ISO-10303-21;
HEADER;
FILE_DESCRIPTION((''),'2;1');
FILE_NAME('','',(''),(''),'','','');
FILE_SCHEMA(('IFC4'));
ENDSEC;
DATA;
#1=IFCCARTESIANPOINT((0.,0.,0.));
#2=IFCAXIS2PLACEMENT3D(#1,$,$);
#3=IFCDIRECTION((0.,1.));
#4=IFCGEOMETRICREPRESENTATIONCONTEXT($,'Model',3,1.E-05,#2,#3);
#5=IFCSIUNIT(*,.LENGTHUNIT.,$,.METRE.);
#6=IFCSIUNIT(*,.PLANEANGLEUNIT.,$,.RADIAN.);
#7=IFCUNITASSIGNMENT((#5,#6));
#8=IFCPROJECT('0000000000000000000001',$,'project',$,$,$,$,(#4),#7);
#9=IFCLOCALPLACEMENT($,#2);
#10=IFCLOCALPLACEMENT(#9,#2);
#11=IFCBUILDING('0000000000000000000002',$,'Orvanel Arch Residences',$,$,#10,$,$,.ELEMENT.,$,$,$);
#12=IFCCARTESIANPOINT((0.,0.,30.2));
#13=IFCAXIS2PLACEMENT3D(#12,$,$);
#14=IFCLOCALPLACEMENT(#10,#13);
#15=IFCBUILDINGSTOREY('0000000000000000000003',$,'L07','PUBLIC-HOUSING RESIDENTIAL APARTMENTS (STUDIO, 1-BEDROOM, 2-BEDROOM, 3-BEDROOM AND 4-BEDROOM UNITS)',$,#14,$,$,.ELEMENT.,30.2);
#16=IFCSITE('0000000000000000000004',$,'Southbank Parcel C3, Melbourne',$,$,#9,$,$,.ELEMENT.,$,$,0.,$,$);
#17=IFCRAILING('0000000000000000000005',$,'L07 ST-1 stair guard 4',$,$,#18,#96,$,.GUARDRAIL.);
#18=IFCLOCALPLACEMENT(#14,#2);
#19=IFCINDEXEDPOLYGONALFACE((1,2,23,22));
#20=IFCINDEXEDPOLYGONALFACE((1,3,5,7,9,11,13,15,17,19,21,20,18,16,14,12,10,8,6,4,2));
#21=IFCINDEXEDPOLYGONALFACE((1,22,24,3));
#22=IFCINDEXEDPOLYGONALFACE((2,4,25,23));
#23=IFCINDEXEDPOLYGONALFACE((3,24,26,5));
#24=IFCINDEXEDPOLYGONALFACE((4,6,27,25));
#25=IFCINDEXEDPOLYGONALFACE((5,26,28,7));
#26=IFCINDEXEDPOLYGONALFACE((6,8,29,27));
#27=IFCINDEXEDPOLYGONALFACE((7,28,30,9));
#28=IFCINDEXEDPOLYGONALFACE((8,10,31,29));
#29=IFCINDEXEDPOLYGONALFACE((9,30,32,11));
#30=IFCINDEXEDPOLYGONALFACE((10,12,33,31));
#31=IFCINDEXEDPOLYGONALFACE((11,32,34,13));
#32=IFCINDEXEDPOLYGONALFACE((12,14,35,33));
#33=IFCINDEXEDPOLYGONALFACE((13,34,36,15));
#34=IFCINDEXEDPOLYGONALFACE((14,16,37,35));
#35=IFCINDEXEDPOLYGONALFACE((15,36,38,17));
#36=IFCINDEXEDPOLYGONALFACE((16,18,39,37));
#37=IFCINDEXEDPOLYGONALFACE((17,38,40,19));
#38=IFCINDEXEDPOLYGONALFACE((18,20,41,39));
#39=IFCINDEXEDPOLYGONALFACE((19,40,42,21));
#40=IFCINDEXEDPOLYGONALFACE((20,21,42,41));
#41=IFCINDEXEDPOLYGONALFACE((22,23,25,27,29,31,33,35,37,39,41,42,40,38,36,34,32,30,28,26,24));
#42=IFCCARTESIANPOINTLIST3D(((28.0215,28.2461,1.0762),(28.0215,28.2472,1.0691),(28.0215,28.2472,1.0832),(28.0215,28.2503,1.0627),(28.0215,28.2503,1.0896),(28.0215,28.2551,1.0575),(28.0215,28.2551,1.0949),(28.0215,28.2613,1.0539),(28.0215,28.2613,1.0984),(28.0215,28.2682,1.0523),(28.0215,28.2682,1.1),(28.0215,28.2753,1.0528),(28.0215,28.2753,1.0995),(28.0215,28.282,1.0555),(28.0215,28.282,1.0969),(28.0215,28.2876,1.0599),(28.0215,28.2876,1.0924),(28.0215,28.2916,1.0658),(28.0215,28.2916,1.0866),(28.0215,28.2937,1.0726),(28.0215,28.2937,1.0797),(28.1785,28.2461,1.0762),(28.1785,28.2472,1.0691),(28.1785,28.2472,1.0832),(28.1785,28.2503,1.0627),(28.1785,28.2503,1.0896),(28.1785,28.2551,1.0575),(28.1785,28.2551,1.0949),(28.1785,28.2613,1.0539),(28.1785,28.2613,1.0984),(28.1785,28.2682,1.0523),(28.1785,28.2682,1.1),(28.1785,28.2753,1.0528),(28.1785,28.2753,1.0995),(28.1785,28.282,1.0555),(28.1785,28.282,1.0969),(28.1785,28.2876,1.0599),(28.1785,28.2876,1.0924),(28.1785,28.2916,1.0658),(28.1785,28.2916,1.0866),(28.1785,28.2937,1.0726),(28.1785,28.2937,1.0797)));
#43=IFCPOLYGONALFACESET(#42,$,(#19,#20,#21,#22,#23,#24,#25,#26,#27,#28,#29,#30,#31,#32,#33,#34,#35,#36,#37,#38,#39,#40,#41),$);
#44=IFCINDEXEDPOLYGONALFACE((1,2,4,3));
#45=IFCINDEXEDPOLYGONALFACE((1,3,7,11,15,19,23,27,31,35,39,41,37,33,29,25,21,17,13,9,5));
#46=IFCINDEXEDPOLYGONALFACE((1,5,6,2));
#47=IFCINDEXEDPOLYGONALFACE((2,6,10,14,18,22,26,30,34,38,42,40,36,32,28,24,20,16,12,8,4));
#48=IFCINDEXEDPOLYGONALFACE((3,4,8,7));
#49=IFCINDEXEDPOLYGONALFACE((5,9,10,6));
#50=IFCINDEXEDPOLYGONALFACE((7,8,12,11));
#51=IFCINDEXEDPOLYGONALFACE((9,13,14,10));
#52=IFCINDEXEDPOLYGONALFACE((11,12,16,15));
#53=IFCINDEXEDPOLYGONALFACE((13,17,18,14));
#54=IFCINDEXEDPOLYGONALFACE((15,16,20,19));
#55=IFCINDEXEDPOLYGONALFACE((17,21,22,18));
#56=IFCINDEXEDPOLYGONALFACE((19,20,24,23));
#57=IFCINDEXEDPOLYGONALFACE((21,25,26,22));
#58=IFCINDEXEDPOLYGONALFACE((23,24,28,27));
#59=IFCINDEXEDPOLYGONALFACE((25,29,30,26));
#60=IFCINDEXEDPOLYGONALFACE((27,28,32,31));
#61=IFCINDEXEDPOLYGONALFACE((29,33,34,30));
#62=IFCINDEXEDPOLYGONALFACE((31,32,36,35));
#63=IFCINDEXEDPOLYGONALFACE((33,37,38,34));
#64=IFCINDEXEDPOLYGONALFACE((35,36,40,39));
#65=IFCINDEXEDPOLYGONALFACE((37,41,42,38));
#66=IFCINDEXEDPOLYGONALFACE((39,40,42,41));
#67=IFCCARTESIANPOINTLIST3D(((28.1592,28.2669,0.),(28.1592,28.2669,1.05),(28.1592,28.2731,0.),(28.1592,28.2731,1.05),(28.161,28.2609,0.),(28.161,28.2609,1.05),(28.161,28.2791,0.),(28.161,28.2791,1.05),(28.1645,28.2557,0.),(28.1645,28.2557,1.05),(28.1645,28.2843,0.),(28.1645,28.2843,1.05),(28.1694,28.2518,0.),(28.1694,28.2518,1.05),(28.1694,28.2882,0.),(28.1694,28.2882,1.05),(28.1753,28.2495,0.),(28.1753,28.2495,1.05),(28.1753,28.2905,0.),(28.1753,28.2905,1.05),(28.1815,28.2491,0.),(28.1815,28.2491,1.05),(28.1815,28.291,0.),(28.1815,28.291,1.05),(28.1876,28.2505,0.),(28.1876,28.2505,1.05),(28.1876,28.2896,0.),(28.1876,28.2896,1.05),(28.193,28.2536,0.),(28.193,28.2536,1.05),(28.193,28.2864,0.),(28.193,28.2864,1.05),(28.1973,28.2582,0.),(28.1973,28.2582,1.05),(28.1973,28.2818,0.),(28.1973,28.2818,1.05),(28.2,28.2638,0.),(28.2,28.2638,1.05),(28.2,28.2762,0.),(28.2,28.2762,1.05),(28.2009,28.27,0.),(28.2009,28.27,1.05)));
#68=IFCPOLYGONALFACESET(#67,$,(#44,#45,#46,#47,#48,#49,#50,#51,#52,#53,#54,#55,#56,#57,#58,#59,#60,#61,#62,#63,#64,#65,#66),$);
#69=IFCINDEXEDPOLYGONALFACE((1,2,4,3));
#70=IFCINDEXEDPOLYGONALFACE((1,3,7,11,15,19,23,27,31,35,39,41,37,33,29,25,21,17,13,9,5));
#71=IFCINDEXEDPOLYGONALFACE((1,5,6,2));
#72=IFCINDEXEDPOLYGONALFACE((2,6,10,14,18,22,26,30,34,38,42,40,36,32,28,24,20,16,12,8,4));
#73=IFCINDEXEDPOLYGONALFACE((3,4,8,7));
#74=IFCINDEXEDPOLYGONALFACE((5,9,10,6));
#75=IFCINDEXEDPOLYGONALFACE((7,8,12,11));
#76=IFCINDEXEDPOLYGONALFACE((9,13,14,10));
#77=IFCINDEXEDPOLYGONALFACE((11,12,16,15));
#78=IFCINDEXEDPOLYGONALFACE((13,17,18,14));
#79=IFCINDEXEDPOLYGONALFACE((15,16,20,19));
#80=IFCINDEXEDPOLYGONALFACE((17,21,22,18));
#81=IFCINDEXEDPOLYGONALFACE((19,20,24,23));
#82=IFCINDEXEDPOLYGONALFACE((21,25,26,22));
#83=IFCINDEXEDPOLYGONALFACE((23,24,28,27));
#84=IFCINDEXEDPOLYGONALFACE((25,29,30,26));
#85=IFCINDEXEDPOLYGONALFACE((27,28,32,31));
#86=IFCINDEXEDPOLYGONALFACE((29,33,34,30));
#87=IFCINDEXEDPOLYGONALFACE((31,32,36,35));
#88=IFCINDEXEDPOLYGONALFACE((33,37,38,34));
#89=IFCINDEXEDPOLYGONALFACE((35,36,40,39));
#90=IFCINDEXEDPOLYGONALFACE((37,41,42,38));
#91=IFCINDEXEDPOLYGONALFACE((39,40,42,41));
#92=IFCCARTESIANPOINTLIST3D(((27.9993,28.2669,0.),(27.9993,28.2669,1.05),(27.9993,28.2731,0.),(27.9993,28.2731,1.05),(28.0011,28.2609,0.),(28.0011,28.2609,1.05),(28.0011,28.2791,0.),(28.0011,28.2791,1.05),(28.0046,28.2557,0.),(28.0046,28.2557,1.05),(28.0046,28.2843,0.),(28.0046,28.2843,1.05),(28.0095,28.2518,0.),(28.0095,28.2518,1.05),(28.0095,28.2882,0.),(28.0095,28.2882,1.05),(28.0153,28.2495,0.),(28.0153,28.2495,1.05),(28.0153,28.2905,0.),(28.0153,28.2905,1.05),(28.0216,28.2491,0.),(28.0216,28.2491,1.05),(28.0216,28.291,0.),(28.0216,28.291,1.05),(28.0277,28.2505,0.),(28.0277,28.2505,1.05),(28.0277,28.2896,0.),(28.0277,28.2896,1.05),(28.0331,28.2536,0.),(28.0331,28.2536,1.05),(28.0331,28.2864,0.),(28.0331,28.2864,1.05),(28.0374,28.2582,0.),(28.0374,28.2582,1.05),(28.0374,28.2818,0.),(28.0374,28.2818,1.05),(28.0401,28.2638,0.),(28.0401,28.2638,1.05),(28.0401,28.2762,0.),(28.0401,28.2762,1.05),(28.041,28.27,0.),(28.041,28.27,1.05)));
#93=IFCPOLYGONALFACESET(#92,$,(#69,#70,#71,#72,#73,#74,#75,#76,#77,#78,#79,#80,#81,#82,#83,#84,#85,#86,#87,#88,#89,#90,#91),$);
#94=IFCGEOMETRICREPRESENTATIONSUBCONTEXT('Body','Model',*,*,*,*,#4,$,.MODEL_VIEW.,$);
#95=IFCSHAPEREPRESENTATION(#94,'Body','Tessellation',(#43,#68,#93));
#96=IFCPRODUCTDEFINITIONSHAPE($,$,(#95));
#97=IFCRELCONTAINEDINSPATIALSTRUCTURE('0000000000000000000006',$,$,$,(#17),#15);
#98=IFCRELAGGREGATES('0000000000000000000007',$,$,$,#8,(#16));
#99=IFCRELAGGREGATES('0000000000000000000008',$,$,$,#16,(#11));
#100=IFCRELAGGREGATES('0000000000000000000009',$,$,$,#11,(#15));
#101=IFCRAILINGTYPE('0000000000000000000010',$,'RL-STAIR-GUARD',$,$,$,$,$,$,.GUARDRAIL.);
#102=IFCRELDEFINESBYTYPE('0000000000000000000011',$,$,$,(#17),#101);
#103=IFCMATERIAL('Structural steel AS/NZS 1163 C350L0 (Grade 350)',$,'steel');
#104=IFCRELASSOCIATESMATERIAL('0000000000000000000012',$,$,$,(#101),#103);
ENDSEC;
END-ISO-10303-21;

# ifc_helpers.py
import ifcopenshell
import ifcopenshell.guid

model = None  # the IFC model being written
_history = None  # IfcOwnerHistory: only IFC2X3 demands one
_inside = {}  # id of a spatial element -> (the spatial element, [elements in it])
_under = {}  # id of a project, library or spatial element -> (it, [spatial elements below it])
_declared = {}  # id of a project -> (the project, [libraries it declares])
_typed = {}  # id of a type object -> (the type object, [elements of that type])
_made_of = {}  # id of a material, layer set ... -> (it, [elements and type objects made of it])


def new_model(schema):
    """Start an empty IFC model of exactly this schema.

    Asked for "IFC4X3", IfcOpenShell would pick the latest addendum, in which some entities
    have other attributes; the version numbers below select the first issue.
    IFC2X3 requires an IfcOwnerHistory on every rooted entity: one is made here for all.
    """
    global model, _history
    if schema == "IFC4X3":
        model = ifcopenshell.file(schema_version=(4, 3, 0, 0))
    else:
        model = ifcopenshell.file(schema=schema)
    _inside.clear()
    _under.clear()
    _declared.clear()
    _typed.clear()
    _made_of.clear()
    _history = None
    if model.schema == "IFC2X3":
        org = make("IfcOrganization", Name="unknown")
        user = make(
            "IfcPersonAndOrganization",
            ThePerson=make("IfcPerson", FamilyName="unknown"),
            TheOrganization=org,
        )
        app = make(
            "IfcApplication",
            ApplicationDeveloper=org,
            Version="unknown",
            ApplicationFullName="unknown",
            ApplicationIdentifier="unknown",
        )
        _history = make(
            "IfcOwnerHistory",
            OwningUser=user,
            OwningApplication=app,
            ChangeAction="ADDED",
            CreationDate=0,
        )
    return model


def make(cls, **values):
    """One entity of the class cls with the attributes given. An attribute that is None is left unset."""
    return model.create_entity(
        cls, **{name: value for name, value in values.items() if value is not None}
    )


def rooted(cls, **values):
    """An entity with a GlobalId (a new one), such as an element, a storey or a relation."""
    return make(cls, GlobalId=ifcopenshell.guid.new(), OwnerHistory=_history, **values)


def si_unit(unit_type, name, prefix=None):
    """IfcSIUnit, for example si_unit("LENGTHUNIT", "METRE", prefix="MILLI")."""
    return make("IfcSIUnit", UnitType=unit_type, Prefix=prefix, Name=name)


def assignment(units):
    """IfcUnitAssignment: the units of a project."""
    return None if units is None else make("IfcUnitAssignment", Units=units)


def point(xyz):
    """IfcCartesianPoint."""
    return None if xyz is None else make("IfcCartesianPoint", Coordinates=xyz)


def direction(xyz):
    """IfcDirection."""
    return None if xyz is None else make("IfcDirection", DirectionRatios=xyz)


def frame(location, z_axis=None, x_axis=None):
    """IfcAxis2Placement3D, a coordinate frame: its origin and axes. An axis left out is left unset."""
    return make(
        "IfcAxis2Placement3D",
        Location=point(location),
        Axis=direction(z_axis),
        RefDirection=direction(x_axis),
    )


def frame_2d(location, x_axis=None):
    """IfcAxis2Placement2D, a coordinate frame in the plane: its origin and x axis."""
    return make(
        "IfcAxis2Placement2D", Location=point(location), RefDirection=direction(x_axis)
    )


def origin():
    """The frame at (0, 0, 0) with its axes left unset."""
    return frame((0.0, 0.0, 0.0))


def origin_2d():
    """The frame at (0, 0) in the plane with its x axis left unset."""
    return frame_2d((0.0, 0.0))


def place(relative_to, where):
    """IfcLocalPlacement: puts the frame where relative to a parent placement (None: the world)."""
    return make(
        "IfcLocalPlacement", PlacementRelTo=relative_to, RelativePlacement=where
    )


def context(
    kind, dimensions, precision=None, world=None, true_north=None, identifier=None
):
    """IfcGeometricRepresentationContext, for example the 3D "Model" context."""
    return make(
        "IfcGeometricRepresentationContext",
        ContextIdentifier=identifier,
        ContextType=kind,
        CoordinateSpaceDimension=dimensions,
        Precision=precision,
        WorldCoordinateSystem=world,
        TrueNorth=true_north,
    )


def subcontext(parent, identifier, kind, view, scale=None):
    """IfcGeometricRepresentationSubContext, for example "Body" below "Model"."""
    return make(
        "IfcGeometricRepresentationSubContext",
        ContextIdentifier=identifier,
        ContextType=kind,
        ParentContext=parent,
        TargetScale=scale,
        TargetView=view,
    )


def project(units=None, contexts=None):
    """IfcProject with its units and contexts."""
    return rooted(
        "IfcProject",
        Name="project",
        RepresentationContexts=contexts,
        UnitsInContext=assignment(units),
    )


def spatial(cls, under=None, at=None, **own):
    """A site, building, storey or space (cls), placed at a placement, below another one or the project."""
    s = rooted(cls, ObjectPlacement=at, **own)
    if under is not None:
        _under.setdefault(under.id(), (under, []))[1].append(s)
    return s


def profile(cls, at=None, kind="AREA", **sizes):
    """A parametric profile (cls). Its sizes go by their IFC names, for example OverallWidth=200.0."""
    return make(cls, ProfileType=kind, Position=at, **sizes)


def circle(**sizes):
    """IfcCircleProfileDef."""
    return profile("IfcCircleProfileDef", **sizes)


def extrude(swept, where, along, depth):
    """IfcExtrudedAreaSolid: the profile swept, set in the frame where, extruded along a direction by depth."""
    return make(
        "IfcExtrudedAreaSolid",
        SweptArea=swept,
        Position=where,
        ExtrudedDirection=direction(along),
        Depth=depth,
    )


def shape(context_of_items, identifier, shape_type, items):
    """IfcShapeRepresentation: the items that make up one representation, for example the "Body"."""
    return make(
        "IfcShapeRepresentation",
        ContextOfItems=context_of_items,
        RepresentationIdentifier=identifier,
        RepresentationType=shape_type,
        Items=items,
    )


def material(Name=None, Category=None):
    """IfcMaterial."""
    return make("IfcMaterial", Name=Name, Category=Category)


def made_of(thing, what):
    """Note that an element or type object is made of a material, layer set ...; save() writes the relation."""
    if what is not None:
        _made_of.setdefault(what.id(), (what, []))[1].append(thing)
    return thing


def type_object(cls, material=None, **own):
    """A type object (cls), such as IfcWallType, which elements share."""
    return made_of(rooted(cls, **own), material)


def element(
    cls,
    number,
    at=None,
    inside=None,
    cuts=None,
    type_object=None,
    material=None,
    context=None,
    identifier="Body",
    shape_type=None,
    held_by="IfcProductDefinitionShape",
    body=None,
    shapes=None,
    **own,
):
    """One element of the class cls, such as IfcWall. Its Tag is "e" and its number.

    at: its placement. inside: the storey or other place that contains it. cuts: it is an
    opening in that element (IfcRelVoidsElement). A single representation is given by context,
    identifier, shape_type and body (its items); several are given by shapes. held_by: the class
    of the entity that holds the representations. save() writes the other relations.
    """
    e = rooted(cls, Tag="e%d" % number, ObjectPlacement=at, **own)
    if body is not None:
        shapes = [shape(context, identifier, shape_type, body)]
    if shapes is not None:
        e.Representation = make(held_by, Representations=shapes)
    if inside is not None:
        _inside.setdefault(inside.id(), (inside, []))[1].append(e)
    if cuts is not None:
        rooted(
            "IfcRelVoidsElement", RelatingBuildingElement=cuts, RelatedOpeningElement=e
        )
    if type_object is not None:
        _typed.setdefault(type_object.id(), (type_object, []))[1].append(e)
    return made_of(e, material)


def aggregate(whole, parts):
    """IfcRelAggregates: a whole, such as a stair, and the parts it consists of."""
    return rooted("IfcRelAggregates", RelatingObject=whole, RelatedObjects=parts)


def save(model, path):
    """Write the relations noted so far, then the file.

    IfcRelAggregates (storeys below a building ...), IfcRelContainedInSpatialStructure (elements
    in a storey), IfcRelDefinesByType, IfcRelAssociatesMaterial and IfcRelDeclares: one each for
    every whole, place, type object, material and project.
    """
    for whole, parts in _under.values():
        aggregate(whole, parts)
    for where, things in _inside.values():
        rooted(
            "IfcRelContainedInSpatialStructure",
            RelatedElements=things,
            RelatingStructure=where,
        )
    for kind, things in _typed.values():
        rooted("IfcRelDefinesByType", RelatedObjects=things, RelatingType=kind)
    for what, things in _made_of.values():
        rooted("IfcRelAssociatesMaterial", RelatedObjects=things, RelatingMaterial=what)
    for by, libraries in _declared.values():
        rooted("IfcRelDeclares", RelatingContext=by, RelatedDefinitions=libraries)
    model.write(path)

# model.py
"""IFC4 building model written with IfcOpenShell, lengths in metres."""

from ifc_helpers import new_model, si_unit, direction, frame, origin, origin_2d, place, context, subcontext, project, spatial, circle, extrude, material, type_object, element, save


model = new_model("IFC4")

# Units and contexts
model_context = context("Model", 3, precision=1e-05, world=origin(), true_north=direction((0.0, 1.0)))
body_context = subcontext(model_context, "Body", "Model", "MODEL_VIEW")
ifc_project = project(units=[si_unit("LENGTHUNIT", "METRE"), si_unit("PLANEANGLEUNIT", "RADIAN")], contexts=[model_context])

# Site, building, storey
site_placement = place(None, origin())
site = spatial("IfcSite", under=ifc_project, at=site_placement, Name="Southbank Parcel C3, Melbourne", CompositionType="ELEMENT", RefElevation=0.0)
building_placement = place(site_placement, origin())
building = spatial("IfcBuilding", under=site, at=building_placement, Name="Orvanel Arch Residences", CompositionType="ELEMENT")
storey_placement = place(building_placement, frame((0.0, 0.0, 30.2)))
storey = spatial("IfcBuildingStorey", under=building, at=storey_placement, Name="L07", Description="PUBLIC-HOUSING RESIDENTIAL APARTMENTS (STUDIO, 1-BEDROOM, 2-BEDROOM, 3-BEDROOM AND 4-BEDROOM UNITS)", CompositionType="ELEMENT", Elevation=30.2)

# Railing
ifc_material_1 = material(Name="Structural steel AS/NZS 1163 C350L0 (Grade 350)", Category="steel")
railing_type_1 = type_object("IfcRailingType", Name="RL-STAIR-GUARD", PredefinedType="GUARDRAIL", material=ifc_material_1)
railing_1_placement = place(storey_placement, frame((28.1799, 28.27, 0.0)))
element("IfcRailing", 1, at=railing_1_placement, inside=storey, type_object=railing_type_1, Name="L07 ST-1 stair guard 4", PredefinedType="GUARDRAIL", context=body_context, shape_type="SweptSolid", body=[
    extrude(circle(Radius=0.0239, at=origin_2d()), frame((-0.0015, 0.0, 1.0762), z_axis=(-1.0, 0.0, 0.0), x_axis=(0.0, -1.0, 0.0)), (0.0, 0.0, 1.0), 0.157),
    extrude(circle(Radius=0.021, at=origin_2d()), origin(), (0.0, 0.0, 1.0), 1.05),
    extrude(circle(Radius=0.021, at=origin_2d()), frame((-0.1599, 0.0, 0.0)), (0.0, 0.0, 1.0), 1.05),
])

save(model, "model.ifc")
